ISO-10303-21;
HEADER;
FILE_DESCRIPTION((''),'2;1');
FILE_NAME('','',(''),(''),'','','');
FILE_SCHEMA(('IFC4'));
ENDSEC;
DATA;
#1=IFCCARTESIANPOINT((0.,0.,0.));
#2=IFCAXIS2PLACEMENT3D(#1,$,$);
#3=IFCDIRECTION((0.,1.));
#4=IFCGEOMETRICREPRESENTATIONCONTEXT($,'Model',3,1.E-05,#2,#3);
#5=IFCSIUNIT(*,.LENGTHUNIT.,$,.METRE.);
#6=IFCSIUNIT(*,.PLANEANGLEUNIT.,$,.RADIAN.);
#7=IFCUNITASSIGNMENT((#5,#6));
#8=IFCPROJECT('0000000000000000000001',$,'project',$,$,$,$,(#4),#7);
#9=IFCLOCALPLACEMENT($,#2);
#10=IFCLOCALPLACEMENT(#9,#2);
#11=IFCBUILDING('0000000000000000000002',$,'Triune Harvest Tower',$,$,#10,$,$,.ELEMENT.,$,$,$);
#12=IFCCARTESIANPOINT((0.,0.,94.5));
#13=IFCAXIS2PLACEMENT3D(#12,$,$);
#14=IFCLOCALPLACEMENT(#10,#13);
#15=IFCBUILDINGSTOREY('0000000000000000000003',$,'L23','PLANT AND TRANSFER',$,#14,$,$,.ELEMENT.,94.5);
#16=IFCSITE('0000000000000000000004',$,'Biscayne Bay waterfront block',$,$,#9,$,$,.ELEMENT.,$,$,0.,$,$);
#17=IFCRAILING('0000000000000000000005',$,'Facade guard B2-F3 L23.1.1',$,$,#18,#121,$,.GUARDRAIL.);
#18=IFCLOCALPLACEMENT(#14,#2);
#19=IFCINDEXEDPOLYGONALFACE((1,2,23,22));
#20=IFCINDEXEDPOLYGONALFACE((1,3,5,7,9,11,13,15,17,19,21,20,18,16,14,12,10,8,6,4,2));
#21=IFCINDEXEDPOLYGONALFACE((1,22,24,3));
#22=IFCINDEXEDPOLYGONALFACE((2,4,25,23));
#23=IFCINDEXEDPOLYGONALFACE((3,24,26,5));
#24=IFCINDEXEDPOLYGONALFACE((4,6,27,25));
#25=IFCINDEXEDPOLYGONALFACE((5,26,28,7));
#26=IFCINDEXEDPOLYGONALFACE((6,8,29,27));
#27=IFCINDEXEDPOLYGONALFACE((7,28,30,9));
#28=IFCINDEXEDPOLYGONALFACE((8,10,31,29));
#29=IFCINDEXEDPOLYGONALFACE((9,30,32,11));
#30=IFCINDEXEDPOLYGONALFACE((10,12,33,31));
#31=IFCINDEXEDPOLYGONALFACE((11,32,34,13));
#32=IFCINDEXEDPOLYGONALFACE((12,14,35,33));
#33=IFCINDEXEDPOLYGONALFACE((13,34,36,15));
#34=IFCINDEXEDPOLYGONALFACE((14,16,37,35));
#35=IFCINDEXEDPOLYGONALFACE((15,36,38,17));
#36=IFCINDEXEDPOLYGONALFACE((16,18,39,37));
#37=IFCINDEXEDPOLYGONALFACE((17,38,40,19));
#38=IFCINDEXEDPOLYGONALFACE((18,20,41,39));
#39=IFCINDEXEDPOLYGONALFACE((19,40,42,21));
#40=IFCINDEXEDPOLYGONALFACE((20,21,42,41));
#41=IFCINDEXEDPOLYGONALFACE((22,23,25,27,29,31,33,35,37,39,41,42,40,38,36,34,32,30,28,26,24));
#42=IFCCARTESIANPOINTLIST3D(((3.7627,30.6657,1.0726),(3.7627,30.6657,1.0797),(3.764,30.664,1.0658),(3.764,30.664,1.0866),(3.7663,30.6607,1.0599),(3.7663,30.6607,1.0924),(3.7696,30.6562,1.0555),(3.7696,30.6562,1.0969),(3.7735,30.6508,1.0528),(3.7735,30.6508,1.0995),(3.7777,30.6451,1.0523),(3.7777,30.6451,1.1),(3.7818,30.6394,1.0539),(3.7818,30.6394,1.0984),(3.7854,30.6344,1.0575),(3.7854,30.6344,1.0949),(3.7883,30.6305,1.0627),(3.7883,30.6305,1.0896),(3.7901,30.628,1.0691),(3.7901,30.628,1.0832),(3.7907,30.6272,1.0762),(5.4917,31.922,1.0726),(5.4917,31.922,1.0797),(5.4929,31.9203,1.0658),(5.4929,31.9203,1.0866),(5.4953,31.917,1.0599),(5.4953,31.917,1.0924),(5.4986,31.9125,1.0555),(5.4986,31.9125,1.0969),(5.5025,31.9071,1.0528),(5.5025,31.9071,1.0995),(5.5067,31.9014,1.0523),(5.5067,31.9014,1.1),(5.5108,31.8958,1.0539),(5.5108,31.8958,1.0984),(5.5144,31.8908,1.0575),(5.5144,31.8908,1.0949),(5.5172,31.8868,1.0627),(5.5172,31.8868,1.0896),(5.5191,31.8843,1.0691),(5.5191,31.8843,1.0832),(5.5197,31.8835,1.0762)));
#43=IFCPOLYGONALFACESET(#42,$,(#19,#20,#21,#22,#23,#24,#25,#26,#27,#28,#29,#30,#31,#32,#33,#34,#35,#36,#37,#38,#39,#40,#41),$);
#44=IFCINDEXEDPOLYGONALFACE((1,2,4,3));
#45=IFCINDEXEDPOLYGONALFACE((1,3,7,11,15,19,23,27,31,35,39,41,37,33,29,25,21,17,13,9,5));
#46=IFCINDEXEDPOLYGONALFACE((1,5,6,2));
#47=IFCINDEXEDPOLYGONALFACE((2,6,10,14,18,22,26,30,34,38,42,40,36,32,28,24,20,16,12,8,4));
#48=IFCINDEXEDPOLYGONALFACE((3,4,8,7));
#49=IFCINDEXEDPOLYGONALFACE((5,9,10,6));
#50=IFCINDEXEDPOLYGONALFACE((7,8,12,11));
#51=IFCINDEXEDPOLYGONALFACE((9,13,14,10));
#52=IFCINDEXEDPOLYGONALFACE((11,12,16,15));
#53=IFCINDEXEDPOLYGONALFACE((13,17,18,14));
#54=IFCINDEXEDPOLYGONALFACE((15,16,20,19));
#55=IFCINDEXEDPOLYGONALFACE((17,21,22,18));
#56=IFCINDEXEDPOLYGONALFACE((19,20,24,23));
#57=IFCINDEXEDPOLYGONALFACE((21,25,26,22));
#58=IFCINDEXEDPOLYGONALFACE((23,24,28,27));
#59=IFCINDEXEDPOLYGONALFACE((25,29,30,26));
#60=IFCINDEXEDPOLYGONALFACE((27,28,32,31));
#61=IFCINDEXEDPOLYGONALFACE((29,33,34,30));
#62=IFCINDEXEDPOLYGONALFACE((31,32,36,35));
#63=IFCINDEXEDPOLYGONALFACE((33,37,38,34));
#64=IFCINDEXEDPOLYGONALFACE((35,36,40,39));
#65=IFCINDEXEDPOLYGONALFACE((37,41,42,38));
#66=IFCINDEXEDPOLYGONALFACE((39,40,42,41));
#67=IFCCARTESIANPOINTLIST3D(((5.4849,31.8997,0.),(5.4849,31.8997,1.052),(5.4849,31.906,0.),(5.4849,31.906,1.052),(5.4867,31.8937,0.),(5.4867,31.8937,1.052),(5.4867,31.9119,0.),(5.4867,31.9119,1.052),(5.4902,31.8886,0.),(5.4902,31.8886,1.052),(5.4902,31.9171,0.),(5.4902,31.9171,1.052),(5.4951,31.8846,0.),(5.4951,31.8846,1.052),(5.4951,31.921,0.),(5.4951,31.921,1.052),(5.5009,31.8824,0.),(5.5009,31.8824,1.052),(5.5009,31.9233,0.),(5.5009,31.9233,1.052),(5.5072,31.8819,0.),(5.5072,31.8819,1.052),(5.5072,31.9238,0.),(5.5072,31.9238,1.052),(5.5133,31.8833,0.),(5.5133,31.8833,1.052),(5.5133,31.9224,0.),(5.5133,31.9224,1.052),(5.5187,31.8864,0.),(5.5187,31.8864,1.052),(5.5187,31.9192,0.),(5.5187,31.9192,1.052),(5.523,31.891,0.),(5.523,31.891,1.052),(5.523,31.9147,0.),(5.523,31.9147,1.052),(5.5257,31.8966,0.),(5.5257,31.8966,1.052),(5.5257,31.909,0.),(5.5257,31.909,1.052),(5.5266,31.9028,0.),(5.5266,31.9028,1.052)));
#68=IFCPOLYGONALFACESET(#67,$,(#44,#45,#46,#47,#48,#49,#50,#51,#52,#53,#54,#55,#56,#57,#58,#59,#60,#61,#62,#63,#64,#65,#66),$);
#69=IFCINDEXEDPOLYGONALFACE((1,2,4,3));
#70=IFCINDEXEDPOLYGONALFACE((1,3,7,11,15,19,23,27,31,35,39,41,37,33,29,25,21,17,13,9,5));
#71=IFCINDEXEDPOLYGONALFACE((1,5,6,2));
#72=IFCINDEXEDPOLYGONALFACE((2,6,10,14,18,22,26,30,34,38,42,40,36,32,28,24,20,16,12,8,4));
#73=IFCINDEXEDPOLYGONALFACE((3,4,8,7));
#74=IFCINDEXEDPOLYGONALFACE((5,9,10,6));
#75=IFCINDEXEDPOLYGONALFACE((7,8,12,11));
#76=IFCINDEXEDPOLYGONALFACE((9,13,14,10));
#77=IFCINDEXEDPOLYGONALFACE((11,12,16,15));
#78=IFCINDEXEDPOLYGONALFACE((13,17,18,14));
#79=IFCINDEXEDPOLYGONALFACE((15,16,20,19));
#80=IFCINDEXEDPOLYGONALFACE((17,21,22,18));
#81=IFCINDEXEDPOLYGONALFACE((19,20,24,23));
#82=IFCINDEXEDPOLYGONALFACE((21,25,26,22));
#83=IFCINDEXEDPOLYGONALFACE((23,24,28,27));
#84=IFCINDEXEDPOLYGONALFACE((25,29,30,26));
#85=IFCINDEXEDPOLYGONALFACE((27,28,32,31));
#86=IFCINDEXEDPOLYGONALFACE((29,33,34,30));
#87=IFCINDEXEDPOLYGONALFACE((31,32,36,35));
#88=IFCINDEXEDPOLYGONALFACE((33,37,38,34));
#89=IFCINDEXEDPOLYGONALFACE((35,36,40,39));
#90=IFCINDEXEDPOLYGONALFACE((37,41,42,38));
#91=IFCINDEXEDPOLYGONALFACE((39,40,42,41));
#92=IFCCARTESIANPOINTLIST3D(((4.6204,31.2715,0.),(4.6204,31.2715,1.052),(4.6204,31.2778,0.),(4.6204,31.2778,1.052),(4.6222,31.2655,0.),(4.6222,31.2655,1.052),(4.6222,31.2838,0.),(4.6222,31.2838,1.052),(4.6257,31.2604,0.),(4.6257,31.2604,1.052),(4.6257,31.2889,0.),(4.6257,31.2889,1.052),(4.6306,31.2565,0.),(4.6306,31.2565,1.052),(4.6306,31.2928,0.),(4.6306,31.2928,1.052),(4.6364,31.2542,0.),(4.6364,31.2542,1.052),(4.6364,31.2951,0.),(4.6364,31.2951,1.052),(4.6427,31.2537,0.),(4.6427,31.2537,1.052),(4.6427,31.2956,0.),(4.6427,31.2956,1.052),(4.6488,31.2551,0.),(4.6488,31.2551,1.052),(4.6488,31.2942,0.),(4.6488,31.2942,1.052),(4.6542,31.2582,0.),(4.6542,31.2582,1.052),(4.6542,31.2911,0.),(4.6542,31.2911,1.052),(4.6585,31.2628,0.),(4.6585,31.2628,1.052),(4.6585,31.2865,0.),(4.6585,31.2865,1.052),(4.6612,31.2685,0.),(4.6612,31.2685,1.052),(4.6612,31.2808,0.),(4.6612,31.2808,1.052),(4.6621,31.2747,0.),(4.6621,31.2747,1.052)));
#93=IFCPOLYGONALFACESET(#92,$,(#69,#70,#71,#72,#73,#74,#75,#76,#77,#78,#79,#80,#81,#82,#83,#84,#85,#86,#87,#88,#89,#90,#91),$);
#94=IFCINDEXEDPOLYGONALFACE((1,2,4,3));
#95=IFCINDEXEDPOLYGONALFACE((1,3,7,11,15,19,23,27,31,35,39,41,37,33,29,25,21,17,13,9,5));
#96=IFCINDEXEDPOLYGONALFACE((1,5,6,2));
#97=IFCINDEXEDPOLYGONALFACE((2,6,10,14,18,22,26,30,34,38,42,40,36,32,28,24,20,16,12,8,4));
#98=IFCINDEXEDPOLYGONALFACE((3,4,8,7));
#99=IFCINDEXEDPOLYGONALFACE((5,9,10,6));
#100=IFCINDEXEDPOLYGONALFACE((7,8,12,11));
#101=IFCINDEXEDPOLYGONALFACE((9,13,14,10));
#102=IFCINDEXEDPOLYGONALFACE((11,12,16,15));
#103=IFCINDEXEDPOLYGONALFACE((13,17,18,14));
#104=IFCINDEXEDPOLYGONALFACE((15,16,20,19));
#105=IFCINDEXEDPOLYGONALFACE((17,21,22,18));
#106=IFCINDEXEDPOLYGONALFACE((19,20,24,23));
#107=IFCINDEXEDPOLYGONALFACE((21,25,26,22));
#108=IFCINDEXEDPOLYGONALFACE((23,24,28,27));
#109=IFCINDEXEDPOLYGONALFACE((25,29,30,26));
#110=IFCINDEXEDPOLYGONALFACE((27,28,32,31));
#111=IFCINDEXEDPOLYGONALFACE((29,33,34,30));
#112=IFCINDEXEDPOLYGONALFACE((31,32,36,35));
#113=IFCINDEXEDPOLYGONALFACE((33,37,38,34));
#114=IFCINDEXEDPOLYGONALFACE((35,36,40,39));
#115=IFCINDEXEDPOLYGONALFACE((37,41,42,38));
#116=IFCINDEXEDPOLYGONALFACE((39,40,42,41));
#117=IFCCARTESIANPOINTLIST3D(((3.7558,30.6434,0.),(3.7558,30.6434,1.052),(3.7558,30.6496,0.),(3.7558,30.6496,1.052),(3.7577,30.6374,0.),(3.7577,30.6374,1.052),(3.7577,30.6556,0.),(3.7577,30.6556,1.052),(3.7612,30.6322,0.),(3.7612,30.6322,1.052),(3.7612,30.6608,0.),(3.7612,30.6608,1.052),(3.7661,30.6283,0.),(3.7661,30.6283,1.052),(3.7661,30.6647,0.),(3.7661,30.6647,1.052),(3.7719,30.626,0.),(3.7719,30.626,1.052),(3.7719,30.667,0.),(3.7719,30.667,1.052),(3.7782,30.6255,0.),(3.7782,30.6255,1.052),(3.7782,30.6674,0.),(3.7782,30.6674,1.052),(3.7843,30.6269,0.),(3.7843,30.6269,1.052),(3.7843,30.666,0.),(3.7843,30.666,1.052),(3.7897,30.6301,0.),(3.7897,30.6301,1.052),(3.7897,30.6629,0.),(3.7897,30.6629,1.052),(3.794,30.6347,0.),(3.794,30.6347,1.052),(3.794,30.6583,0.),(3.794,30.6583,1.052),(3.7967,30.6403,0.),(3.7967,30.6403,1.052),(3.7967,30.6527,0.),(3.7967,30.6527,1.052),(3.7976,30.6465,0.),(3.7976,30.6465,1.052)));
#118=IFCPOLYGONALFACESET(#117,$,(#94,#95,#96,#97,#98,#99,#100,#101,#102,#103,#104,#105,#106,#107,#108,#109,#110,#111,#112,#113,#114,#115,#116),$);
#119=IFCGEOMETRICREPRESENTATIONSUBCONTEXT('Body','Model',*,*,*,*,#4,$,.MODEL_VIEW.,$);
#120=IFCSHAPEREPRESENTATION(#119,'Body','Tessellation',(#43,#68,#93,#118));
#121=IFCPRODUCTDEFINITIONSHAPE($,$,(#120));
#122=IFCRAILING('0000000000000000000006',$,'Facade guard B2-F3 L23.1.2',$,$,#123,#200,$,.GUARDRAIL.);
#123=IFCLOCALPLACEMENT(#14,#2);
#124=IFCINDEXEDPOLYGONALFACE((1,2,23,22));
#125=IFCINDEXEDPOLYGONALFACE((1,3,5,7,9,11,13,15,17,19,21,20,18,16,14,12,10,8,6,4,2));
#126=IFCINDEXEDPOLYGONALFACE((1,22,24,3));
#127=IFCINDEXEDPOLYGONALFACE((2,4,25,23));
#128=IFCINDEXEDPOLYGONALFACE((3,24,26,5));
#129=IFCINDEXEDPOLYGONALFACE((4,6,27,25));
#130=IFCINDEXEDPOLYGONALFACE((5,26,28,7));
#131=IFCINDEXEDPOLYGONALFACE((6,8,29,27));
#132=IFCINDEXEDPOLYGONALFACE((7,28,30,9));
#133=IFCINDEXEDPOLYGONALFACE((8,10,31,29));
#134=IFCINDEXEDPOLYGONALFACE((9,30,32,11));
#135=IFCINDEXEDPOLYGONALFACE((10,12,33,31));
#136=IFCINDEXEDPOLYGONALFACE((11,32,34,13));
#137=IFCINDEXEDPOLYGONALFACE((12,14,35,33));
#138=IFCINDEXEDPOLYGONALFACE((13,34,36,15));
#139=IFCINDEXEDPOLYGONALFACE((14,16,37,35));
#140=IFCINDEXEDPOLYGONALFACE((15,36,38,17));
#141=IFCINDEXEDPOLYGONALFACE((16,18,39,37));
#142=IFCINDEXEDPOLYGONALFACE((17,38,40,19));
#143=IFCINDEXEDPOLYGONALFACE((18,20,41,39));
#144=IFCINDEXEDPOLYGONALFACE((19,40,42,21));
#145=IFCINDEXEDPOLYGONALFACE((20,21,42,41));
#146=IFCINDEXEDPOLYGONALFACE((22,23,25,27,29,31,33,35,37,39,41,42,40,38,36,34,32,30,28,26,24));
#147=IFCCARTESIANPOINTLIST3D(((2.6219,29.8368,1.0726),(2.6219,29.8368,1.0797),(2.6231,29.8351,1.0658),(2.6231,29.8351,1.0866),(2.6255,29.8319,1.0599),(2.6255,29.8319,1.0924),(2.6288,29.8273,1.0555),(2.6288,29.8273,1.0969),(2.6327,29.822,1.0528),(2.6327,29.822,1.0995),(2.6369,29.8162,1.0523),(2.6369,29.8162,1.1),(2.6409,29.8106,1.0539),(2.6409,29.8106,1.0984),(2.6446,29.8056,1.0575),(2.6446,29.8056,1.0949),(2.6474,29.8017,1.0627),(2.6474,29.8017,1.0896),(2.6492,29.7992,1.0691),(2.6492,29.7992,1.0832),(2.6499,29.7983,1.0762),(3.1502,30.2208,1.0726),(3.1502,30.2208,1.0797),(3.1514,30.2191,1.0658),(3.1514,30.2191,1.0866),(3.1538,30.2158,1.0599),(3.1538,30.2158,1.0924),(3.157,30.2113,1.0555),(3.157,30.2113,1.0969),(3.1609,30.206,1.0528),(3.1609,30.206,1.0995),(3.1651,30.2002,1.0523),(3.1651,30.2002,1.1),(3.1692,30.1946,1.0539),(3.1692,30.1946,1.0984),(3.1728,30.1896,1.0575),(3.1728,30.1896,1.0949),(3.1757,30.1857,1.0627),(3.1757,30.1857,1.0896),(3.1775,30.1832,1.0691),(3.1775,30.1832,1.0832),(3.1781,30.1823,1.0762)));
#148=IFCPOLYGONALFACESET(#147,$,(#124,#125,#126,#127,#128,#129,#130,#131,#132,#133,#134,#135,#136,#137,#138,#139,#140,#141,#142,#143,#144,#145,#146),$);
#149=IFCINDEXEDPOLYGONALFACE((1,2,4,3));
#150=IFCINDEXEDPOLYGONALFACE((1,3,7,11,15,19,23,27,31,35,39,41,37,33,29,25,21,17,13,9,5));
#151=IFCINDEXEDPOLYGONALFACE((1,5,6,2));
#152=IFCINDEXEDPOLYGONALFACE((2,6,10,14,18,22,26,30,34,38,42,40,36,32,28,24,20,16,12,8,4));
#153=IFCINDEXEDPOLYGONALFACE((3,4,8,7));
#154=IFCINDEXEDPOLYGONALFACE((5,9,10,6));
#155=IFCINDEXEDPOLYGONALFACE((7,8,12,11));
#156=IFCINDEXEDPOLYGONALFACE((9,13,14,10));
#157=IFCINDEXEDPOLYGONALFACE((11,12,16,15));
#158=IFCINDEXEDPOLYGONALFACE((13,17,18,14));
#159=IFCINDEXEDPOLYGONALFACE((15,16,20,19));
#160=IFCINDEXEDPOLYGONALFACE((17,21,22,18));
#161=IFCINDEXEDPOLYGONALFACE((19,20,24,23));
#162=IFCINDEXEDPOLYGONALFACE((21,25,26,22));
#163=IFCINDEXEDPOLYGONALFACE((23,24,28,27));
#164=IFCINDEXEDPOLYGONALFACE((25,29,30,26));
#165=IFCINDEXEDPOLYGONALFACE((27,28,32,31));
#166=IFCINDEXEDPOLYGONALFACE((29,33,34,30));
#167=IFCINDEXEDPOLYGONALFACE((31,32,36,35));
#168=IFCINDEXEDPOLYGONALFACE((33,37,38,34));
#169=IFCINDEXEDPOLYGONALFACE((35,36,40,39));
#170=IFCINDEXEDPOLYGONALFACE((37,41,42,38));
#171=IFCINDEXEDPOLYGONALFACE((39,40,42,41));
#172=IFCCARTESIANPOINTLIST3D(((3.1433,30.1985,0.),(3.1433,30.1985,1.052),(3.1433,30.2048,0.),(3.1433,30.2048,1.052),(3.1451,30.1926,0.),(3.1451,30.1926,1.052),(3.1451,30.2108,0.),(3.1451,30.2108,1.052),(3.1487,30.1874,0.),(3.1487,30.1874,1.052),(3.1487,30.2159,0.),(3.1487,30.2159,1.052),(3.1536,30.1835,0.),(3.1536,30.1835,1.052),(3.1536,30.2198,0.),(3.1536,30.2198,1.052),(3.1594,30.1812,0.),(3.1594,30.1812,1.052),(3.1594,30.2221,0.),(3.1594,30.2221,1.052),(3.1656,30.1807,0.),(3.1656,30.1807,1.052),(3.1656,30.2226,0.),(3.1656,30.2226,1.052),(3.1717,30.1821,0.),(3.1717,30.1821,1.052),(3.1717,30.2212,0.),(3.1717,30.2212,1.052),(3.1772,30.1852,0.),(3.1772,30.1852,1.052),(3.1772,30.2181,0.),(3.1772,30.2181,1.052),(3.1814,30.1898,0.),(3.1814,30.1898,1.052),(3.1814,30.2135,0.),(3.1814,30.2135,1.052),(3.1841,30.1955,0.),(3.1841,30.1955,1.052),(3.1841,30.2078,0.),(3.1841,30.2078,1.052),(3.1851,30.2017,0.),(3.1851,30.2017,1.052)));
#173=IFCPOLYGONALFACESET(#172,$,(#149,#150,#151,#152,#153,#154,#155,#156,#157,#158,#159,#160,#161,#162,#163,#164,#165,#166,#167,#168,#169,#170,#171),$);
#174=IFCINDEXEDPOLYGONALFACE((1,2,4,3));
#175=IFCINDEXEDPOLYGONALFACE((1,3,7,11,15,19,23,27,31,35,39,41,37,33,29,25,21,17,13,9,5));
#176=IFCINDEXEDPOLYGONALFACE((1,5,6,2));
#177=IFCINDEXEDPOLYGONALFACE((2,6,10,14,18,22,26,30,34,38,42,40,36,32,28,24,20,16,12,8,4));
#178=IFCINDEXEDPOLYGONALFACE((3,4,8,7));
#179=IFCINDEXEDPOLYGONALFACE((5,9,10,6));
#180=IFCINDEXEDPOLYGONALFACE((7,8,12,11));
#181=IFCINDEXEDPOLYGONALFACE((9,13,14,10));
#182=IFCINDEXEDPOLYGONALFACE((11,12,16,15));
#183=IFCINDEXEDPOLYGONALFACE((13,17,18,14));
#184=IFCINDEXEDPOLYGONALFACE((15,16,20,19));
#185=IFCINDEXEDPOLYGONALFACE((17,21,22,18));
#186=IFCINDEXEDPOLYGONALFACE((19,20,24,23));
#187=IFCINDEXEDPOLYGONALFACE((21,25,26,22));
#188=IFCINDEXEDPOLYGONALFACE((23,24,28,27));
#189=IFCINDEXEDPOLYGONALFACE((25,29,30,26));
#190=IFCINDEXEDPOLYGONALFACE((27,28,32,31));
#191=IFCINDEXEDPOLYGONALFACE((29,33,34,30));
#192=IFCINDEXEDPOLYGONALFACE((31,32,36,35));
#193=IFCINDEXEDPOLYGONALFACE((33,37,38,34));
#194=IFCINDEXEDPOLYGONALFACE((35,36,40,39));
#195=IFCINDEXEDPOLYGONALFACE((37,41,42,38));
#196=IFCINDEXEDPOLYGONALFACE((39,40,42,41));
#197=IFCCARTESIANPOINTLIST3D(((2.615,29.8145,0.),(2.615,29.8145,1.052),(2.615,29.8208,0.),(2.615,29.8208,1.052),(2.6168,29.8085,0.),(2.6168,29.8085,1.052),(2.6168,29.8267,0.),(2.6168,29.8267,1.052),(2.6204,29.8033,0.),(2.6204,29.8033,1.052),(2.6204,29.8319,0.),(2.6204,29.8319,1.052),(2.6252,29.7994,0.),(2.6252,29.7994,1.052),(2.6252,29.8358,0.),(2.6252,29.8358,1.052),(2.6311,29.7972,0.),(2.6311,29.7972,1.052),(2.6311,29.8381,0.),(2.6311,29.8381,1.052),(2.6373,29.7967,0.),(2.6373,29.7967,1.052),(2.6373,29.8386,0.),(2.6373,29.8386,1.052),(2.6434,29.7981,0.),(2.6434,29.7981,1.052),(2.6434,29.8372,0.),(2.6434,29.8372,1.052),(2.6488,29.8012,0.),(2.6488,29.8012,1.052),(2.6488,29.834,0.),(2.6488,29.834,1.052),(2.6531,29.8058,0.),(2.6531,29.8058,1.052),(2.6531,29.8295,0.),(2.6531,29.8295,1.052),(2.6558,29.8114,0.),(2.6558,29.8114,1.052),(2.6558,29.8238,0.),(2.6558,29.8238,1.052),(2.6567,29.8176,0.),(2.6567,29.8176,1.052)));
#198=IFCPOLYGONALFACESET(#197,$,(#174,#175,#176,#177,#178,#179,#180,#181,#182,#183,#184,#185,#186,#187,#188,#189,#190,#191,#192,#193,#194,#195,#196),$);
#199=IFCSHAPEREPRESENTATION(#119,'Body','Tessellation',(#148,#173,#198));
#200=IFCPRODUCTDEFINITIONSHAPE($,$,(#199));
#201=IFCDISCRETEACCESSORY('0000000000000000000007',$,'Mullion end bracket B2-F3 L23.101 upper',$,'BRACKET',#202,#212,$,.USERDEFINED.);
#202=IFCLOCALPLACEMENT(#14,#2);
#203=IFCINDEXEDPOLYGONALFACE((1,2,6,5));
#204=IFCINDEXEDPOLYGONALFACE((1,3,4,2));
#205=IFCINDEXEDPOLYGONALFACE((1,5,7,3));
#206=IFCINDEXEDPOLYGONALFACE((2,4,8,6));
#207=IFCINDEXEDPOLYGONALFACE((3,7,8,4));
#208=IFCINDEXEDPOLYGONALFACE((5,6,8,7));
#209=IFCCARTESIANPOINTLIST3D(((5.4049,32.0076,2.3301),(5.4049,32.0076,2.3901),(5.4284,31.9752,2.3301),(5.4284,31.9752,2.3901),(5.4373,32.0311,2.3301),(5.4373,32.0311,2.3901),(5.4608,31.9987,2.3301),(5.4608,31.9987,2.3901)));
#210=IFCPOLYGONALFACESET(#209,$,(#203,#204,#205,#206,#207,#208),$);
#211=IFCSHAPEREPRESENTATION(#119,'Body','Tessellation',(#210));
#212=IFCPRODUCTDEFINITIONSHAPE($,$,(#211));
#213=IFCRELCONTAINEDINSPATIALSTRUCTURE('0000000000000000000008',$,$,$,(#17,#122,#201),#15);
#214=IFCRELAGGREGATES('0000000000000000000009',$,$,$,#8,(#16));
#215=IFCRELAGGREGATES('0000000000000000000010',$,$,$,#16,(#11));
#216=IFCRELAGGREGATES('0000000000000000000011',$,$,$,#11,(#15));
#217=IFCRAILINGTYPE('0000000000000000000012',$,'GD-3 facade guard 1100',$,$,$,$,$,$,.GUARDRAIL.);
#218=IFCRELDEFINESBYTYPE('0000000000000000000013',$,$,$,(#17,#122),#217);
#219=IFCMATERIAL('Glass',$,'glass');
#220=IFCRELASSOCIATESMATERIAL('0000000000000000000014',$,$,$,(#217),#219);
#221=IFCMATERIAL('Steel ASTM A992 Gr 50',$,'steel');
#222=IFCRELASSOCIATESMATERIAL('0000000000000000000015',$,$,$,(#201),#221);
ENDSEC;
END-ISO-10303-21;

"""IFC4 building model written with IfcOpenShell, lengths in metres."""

from ifc_helpers import new_model, si_unit, direction, frame, origin, origin_2d, place, context, subcontext, project, spatial, rectangle, circle, extrude, source, transform, mapped, material, type_object, element, save


model = new_model("IFC4")

# Units and contexts
model_context = context("Model", 3, precision=1e-05, world=origin(), true_north=direction((0.0, 1.0)))
body_context = subcontext(model_context, "Body", "Model", "MODEL_VIEW")
ifc_project = project(units=[si_unit("LENGTHUNIT", "METRE"), si_unit("PLANEANGLEUNIT", "RADIAN")], contexts=[model_context])

# Site, building, storey
site_placement = place(None, origin())
site = spatial("IfcSite", under=ifc_project, at=site_placement, Name="Biscayne Bay waterfront block", CompositionType="ELEMENT", RefElevation=0.0)
building_placement = place(site_placement, origin())
building = spatial("IfcBuilding", under=site, at=building_placement, Name="Triune Harvest Tower", CompositionType="ELEMENT")
storey_placement = place(building_placement, frame((0.0, 0.0, 94.5)))
storey = spatial("IfcBuildingStorey", under=building, at=storey_placement, Name="L23", Description="PLANT AND TRANSFER", CompositionType="ELEMENT", Elevation=94.5)

# Railings
ifc_material_1 = material(Name="Glass", Category="glass")
railing_type = type_object("IfcRailingType", Name="GD-3 facade guard 1100", PredefinedType="GUARDRAIL", material=ifc_material_1)
railing_1_placement = place(storey_placement, frame((5.5056, 31.9028, 0.0)))
element("IfcRailing", 1, at=railing_1_placement, inside=storey, type_object=railing_type, Name="Facade guard B2-F3 L23.1.1", PredefinedType="GUARDRAIL", context=body_context, shape_type="SweptSolid", body=[
    extrude(circle(Radius=0.0239, at=origin_2d()), frame((0.0, 0.0, 1.0762), z_axis=(-0.808983, -0.587832, 0.0), x_axis=(0.587832, -0.808983, 0.0)), (0.0, 0.0, 1.0), 2.1372),
    extrude(circle(Radius=0.021, at=origin_2d()), origin(), (0.0, 0.0, 1.0), 1.052),
    extrude(circle(Radius=0.021, at=origin_2d()), frame((-0.8645, -0.6282, 0.0)), (0.0, 0.0, 1.0), 1.052),
    extrude(circle(Radius=0.021, at=origin_2d()), frame((-1.729, -1.2563, 0.0)), (0.0, 0.0, 1.0), 1.052),
])
railing_2_placement = place(storey_placement, frame((3.1641, 30.2017, 0.0)))
element("IfcRailing", 2, at=railing_2_placement, inside=storey, type_object=railing_type, Name="Facade guard B2-F3 L23.1.2", PredefinedType="GUARDRAIL", context=body_context, shape_type="SweptSolid", body=[
    extrude(circle(Radius=0.0239, at=origin_2d()), frame((0.0, 0.0, 1.0762), z_axis=(-0.808882, -0.587972, 0.0), x_axis=(0.587972, -0.808882, 0.0)), (0.0, 0.0, 1.0), 0.6531),
    extrude(circle(Radius=0.021, at=origin_2d()), origin(), (0.0, 0.0, 1.0), 1.052),
    extrude(circle(Radius=0.021, at=origin_2d()), frame((-0.5283, -0.384, 0.0)), (0.0, 0.0, 1.0), 1.052),
])

# Discrete accessory
ifc_material_2 = material(Name="Steel ASTM A992 Gr 50", Category="steel")
shared_shape_1 = source(origin(), body_context, "Body", "SweptSolid", [
    extrude(rectangle(XDim=0.04, YDim=0.04, at=origin_2d()), origin(), (0.0, 0.0, 1.0), 0.0601),
])
for number, where, z_axis, x_axis, name in (
    (3, (5.4329, 32.0032, 2.3301), (0.0, 0.0, 1.0), (-0.809013, -0.587791, 0.0), "Mullion end bracket B2-F3 L23.101 upper"),
):
    element("IfcDiscreteAccessory", number, at=place(storey_placement, frame(where, z_axis=z_axis, x_axis=x_axis)), inside=storey, material=ifc_material_2, Name=name, ObjectType="BRACKET", PredefinedType="USERDEFINED", context=body_context, shape_type="MappedRepresentation", body=[
        mapped(shared_shape_1, transform((0.0, 0.0, 0.0), scale=1.0)),
    ])

save(model, "model.ifc")
